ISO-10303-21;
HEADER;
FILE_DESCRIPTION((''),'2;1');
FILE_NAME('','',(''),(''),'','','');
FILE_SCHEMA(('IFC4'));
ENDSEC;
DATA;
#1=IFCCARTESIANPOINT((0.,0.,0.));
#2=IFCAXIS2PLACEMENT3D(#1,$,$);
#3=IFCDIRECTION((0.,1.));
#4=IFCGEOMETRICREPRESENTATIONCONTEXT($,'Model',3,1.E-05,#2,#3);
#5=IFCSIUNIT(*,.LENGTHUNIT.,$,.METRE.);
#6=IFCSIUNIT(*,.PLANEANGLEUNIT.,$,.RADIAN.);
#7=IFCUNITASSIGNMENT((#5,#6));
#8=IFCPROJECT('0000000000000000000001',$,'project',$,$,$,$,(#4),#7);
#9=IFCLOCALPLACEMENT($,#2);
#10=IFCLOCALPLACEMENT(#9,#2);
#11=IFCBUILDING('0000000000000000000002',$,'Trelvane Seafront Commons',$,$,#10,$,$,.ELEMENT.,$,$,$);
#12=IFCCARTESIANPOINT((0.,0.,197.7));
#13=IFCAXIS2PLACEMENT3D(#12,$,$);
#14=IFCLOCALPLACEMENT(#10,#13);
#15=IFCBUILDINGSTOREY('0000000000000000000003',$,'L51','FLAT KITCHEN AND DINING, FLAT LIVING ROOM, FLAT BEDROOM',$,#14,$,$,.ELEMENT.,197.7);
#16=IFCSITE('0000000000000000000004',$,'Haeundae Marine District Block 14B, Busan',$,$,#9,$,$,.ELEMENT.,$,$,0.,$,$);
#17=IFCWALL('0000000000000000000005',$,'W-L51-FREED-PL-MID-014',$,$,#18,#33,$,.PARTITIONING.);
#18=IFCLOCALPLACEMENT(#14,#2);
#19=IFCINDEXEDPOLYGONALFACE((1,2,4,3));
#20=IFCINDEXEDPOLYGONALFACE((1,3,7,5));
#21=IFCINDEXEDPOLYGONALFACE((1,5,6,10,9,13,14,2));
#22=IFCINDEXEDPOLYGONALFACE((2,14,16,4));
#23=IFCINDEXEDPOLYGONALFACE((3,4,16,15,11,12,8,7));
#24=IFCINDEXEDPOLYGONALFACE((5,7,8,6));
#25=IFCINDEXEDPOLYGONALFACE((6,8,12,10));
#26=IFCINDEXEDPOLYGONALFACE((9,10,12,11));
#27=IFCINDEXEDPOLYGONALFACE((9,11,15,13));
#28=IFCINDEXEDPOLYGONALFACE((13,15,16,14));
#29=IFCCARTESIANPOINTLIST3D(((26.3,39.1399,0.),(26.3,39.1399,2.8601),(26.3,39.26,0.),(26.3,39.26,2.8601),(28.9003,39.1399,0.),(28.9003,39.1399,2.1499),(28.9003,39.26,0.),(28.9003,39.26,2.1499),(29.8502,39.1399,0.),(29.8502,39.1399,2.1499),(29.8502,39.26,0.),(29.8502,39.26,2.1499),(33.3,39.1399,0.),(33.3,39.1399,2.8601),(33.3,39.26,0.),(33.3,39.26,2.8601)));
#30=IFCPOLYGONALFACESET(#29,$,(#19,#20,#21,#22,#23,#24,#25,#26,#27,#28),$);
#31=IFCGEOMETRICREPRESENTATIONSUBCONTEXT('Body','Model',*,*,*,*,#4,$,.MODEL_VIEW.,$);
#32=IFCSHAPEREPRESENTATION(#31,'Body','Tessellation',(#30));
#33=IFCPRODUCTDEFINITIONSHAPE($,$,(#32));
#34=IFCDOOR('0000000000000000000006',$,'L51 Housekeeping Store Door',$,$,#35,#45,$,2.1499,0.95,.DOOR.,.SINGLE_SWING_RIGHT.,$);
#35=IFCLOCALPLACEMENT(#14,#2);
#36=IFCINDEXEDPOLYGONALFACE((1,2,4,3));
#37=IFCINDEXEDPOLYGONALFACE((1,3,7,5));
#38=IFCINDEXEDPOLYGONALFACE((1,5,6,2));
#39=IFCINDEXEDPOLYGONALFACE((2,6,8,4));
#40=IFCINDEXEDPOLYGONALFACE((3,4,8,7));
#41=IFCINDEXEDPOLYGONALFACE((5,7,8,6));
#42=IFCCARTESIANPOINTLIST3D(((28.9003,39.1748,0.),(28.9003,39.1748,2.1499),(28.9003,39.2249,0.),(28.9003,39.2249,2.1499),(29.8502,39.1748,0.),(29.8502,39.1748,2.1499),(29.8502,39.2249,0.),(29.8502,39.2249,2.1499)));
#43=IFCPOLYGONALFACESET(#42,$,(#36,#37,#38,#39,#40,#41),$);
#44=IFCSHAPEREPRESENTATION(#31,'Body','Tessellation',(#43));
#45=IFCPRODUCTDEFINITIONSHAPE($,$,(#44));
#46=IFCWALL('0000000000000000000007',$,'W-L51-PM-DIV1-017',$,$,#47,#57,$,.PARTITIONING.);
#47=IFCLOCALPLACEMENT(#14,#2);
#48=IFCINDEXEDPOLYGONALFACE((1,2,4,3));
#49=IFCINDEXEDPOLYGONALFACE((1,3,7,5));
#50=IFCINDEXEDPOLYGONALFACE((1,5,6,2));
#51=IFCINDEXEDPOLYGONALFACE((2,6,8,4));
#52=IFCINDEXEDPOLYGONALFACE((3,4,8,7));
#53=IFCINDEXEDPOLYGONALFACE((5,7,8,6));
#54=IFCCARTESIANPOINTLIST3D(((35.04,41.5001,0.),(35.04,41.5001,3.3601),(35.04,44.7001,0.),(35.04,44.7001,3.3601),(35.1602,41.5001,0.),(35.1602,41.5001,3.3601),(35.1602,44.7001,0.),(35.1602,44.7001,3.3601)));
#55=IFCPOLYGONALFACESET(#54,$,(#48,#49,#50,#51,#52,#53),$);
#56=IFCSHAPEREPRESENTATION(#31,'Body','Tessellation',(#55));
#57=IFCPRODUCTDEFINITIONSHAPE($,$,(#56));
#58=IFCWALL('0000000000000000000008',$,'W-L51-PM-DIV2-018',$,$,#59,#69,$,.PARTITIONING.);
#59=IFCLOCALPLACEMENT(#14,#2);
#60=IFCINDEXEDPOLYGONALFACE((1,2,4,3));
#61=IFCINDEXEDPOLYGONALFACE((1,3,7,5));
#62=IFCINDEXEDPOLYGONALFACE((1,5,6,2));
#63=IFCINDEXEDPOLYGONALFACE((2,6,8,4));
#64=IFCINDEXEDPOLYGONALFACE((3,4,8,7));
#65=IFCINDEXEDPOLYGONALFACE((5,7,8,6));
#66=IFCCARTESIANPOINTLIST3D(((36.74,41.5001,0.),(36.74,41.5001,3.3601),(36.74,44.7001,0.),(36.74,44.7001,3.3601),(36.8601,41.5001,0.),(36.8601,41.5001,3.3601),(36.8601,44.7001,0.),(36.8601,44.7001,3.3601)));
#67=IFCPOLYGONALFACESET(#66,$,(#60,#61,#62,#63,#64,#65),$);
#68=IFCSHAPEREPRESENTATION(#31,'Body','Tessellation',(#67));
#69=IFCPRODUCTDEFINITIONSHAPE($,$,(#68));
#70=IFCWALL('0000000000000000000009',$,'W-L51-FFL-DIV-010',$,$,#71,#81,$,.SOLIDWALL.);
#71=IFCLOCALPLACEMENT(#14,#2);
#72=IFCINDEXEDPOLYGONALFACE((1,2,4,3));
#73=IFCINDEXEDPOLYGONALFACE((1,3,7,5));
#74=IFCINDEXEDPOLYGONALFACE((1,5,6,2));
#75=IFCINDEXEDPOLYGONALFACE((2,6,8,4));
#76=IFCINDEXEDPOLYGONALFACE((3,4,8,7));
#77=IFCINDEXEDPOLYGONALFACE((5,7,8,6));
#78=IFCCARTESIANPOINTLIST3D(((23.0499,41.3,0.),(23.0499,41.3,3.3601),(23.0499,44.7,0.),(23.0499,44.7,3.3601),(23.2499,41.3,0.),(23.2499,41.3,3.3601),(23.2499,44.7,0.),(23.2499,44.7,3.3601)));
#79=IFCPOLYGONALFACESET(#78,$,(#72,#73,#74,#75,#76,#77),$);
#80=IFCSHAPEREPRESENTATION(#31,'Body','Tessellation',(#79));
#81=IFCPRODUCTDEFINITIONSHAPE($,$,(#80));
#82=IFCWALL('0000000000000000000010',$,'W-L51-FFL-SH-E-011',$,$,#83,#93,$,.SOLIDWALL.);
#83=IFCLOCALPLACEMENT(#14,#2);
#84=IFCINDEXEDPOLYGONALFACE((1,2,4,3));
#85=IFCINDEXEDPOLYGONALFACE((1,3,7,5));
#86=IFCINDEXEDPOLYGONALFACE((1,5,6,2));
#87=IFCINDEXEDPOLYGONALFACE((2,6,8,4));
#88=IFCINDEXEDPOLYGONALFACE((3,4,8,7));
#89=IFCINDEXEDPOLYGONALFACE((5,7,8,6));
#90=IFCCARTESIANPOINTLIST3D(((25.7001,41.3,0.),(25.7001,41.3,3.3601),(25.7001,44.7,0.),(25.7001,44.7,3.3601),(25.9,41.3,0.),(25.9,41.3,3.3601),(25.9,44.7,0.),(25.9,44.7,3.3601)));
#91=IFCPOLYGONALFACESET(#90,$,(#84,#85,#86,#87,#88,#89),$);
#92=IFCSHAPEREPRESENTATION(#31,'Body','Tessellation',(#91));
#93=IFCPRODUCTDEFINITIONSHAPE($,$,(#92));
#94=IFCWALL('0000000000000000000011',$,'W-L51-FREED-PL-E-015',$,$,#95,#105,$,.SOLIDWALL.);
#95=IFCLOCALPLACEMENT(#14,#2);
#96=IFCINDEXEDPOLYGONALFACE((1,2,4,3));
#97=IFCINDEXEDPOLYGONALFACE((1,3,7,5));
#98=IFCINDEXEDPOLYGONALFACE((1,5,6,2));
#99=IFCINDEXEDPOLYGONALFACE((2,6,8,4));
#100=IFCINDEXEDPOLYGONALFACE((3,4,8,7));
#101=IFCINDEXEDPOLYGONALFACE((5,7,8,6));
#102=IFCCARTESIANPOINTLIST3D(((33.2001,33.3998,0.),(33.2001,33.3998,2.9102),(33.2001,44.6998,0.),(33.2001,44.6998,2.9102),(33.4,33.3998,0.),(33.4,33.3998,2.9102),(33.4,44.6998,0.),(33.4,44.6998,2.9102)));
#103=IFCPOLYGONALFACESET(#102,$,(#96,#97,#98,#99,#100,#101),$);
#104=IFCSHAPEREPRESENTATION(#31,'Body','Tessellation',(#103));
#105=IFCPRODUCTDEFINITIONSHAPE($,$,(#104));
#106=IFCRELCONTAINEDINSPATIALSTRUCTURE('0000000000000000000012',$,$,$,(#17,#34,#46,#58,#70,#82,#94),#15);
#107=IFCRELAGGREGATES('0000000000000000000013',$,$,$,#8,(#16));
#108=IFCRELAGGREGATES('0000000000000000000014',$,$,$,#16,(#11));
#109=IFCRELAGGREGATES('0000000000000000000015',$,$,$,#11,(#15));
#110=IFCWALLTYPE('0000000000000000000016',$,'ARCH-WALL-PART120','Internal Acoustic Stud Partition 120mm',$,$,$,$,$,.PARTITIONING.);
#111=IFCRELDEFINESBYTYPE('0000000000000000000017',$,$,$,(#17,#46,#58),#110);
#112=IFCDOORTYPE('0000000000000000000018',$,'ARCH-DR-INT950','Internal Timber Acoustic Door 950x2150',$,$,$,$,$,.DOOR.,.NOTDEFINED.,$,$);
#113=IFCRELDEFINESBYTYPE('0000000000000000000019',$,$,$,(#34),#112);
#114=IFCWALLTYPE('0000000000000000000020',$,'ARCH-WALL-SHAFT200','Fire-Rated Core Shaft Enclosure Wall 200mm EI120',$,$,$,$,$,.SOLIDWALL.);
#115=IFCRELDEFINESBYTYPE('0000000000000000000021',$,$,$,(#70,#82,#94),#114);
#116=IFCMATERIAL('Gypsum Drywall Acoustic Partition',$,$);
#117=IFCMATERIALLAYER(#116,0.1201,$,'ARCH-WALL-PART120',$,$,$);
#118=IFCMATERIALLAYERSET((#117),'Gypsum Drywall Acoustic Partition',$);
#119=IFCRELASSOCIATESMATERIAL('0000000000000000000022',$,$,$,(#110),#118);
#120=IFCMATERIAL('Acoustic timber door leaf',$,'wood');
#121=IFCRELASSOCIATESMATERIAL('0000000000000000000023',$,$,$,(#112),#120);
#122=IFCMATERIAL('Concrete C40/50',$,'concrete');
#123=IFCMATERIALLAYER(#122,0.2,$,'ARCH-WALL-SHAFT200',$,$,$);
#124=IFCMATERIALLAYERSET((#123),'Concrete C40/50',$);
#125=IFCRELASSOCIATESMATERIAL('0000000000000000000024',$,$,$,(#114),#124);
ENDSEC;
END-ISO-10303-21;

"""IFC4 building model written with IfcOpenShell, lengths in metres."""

from ifc_helpers import new_model, si_unit, direction, frame, frame_2d, origin, place, context, subcontext, project, spatial, rectangle, extrude, source, transform, mapped, material, layer, layer_set, type_object, element, fill, save


model = new_model("IFC4")

# Units and contexts
model_context = context("Model", 3, precision=1e-05, world=origin(), true_north=direction((0.0, 1.0)))
body_context = subcontext(model_context, "Body", "Model", "MODEL_VIEW")
ifc_project = project(units=[si_unit("LENGTHUNIT", "METRE"), si_unit("PLANEANGLEUNIT", "RADIAN")], contexts=[model_context])

# Site, building, storey
site_placement = place(None, origin())
site = spatial("IfcSite", under=ifc_project, at=site_placement, Name="Haeundae Marine District Block 14B, Busan", CompositionType="ELEMENT", RefElevation=0.0)
building_placement = place(site_placement, origin())
building = spatial("IfcBuilding", under=site, at=building_placement, Name="Trelvane Seafront Commons", CompositionType="ELEMENT")
storey_placement = place(building_placement, frame((0.0, 0.0, 197.7)))
storey = spatial("IfcBuildingStorey", under=building, at=storey_placement, Name="L51", Description="FLAT KITCHEN AND DINING, FLAT LIVING ROOM, FLAT BEDROOM", CompositionType="ELEMENT", Elevation=197.7)

# Wall, opening, door
ifc_material_1 = material(Name="Concrete C40/50", Category="concrete")
ifc_material_2 = material(Name="Gypsum Drywall Acoustic Partition")
ifc_layer_1 = layer(ifc_material_2, 0.1201, Name="ARCH-WALL-PART120")
ifc_layer_set_1 = layer_set([ifc_layer_1], Name="Gypsum Drywall Acoustic Partition")
wall_type_1 = type_object("IfcWallType", Name="ARCH-WALL-PART120", Description="Internal Acoustic Stud Partition 120mm", PredefinedType="PARTITIONING", material=ifc_layer_set_1)
wall_1_placement = place(storey_placement, frame((26.3, 39.2, 0.0), z_axis=(0.0, 0.0, 1.0), x_axis=(1.0, 0.0, 0.0)))
wall_1 = element("IfcWall", 1, at=wall_1_placement, inside=storey, type_object=wall_type_1, Name="W-L51-FREED-PL-MID-014", PredefinedType="PARTITIONING", context=body_context, shape_type="SweptSolid", body=[
    extrude(rectangle(XDim=7.0, YDim=0.1201, at=frame_2d((3.5, 0.0))), origin(), (0.0, 0.0, 1.0), 2.8601),
])
opening_1_placement = place(wall_1_placement, frame((2.6001, 0.0, 0.0)))
opening_1 = element("IfcOpeningElement", 2, at=opening_1_placement, cuts=wall_1, PredefinedType="OPENING", context=body_context, shape_type="SweptSolid", body=[
    extrude(rectangle(XDim=0.95, YDim=2.1499, at=frame_2d((0.4751, 1.075))), frame((0.0, 0.0701, 0.0), z_axis=(0.0, -1.0, 0.0), x_axis=(1.0, 0.0, 0.0)), (0.0, 0.0, 1.0), 0.1401),
])
ifc_material_3 = material(Name="Acoustic timber door leaf", Category="wood")
door_type_1 = type_object("IfcDoorType", Name="ARCH-DR-INT950", Description="Internal Timber Acoustic Door 950x2150", OperationType="NOTDEFINED", PredefinedType="DOOR", material=ifc_material_3)
shared_shape_1 = source(origin(), body_context, "Body", "SweptSolid", [
    extrude(rectangle(XDim=0.95, YDim=2.1499, at=frame_2d((0.4751, 1.075))), frame((0.0, 0.0249, 0.0), z_axis=(0.0, -1.0, 0.0), x_axis=(1.0, 0.0, 0.0)), (0.0, 0.0, 1.0), 0.05),
])
door_1_placement = place(opening_1_placement, origin())
door_1 = element("IfcDoor", 3, at=door_1_placement, inside=storey, type_object=door_type_1, Name="L51 Housekeeping Store Door", OperationType="SINGLE_SWING_RIGHT", OverallHeight=2.1499, OverallWidth=0.95, PredefinedType="DOOR", context=body_context, shape_type="MappedRepresentation", body=[
    mapped(shared_shape_1, transform((0.0, 0.0, 0.0), x_axis=(1.0, 0.0, 0.0), y_axis=(0.0, 1.0, 0.0), z_axis=(0.0, 0.0, 1.0), scale=1.0)),
])
fill(opening_1, door_1)

# Walls
for number, where, z_axis, x_axis, name in (
    (4, (35.1001, 41.5, 0.0), (0.0, 0.0, 1.0), (0.0, 1.0, 0.0), "W-L51-PM-DIV1-017"),
    (5, (36.8, 41.5, 0.0), (0.0, 0.0, 1.0), (0.0, 1.0, 0.0), "W-L51-PM-DIV2-018"),
):
    element("IfcWall", number, at=place(storey_placement, frame(where, z_axis=z_axis, x_axis=x_axis)), inside=storey, type_object=wall_type_1, Name=name, PredefinedType="PARTITIONING", context=body_context, shape_type="SweptSolid", body=[
        extrude(rectangle(XDim=3.2, YDim=0.1201, at=frame_2d((1.6001, 0.0))), origin(), (0.0, 0.0, 1.0), 3.3601),
    ])
ifc_layer_2 = layer(ifc_material_1, 0.2, Name="ARCH-WALL-SHAFT200")
ifc_layer_set_2 = layer_set([ifc_layer_2], Name="Concrete C40/50")
wall_type_2 = type_object("IfcWallType", Name="ARCH-WALL-SHAFT200", Description="Fire-Rated Core Shaft Enclosure Wall 200mm EI120", PredefinedType="SOLIDWALL", material=ifc_layer_set_2)
for number, where, z_axis, x_axis, name in (
    (6, (23.1499, 41.3, 0.0), (0.0, 0.0, 1.0), (0.0, 1.0, 0.0), "W-L51-FFL-DIV-010"),
    (7, (25.8, 41.3, 0.0), (0.0, 0.0, 1.0), (0.0, 1.0, 0.0), "W-L51-FFL-SH-E-011"),
):
    element("IfcWall", number, at=place(storey_placement, frame(where, z_axis=z_axis, x_axis=x_axis)), inside=storey, type_object=wall_type_2, Name=name, PredefinedType="SOLIDWALL", context=body_context, shape_type="SweptSolid", body=[
        extrude(rectangle(XDim=3.3999, YDim=0.2, at=frame_2d((1.7, 0.0))), origin(), (0.0, 0.0, 1.0), 3.3601),
    ])
wall_2_placement = place(storey_placement, frame((33.3, 33.3999, 0.0), z_axis=(0.0, 0.0, 1.0), x_axis=(0.0, 1.0, 0.0)))
element("IfcWall", 8, at=wall_2_placement, inside=storey, type_object=wall_type_2, Name="W-L51-FREED-PL-E-015", PredefinedType="SOLIDWALL", context=body_context, shape_type="SweptSolid", body=[
    extrude(rectangle(XDim=11.3, YDim=0.2, at=frame_2d((5.6499, 0.0))), origin(), (0.0, 0.0, 1.0), 2.9102),
])

save(model, "model.ifc")
